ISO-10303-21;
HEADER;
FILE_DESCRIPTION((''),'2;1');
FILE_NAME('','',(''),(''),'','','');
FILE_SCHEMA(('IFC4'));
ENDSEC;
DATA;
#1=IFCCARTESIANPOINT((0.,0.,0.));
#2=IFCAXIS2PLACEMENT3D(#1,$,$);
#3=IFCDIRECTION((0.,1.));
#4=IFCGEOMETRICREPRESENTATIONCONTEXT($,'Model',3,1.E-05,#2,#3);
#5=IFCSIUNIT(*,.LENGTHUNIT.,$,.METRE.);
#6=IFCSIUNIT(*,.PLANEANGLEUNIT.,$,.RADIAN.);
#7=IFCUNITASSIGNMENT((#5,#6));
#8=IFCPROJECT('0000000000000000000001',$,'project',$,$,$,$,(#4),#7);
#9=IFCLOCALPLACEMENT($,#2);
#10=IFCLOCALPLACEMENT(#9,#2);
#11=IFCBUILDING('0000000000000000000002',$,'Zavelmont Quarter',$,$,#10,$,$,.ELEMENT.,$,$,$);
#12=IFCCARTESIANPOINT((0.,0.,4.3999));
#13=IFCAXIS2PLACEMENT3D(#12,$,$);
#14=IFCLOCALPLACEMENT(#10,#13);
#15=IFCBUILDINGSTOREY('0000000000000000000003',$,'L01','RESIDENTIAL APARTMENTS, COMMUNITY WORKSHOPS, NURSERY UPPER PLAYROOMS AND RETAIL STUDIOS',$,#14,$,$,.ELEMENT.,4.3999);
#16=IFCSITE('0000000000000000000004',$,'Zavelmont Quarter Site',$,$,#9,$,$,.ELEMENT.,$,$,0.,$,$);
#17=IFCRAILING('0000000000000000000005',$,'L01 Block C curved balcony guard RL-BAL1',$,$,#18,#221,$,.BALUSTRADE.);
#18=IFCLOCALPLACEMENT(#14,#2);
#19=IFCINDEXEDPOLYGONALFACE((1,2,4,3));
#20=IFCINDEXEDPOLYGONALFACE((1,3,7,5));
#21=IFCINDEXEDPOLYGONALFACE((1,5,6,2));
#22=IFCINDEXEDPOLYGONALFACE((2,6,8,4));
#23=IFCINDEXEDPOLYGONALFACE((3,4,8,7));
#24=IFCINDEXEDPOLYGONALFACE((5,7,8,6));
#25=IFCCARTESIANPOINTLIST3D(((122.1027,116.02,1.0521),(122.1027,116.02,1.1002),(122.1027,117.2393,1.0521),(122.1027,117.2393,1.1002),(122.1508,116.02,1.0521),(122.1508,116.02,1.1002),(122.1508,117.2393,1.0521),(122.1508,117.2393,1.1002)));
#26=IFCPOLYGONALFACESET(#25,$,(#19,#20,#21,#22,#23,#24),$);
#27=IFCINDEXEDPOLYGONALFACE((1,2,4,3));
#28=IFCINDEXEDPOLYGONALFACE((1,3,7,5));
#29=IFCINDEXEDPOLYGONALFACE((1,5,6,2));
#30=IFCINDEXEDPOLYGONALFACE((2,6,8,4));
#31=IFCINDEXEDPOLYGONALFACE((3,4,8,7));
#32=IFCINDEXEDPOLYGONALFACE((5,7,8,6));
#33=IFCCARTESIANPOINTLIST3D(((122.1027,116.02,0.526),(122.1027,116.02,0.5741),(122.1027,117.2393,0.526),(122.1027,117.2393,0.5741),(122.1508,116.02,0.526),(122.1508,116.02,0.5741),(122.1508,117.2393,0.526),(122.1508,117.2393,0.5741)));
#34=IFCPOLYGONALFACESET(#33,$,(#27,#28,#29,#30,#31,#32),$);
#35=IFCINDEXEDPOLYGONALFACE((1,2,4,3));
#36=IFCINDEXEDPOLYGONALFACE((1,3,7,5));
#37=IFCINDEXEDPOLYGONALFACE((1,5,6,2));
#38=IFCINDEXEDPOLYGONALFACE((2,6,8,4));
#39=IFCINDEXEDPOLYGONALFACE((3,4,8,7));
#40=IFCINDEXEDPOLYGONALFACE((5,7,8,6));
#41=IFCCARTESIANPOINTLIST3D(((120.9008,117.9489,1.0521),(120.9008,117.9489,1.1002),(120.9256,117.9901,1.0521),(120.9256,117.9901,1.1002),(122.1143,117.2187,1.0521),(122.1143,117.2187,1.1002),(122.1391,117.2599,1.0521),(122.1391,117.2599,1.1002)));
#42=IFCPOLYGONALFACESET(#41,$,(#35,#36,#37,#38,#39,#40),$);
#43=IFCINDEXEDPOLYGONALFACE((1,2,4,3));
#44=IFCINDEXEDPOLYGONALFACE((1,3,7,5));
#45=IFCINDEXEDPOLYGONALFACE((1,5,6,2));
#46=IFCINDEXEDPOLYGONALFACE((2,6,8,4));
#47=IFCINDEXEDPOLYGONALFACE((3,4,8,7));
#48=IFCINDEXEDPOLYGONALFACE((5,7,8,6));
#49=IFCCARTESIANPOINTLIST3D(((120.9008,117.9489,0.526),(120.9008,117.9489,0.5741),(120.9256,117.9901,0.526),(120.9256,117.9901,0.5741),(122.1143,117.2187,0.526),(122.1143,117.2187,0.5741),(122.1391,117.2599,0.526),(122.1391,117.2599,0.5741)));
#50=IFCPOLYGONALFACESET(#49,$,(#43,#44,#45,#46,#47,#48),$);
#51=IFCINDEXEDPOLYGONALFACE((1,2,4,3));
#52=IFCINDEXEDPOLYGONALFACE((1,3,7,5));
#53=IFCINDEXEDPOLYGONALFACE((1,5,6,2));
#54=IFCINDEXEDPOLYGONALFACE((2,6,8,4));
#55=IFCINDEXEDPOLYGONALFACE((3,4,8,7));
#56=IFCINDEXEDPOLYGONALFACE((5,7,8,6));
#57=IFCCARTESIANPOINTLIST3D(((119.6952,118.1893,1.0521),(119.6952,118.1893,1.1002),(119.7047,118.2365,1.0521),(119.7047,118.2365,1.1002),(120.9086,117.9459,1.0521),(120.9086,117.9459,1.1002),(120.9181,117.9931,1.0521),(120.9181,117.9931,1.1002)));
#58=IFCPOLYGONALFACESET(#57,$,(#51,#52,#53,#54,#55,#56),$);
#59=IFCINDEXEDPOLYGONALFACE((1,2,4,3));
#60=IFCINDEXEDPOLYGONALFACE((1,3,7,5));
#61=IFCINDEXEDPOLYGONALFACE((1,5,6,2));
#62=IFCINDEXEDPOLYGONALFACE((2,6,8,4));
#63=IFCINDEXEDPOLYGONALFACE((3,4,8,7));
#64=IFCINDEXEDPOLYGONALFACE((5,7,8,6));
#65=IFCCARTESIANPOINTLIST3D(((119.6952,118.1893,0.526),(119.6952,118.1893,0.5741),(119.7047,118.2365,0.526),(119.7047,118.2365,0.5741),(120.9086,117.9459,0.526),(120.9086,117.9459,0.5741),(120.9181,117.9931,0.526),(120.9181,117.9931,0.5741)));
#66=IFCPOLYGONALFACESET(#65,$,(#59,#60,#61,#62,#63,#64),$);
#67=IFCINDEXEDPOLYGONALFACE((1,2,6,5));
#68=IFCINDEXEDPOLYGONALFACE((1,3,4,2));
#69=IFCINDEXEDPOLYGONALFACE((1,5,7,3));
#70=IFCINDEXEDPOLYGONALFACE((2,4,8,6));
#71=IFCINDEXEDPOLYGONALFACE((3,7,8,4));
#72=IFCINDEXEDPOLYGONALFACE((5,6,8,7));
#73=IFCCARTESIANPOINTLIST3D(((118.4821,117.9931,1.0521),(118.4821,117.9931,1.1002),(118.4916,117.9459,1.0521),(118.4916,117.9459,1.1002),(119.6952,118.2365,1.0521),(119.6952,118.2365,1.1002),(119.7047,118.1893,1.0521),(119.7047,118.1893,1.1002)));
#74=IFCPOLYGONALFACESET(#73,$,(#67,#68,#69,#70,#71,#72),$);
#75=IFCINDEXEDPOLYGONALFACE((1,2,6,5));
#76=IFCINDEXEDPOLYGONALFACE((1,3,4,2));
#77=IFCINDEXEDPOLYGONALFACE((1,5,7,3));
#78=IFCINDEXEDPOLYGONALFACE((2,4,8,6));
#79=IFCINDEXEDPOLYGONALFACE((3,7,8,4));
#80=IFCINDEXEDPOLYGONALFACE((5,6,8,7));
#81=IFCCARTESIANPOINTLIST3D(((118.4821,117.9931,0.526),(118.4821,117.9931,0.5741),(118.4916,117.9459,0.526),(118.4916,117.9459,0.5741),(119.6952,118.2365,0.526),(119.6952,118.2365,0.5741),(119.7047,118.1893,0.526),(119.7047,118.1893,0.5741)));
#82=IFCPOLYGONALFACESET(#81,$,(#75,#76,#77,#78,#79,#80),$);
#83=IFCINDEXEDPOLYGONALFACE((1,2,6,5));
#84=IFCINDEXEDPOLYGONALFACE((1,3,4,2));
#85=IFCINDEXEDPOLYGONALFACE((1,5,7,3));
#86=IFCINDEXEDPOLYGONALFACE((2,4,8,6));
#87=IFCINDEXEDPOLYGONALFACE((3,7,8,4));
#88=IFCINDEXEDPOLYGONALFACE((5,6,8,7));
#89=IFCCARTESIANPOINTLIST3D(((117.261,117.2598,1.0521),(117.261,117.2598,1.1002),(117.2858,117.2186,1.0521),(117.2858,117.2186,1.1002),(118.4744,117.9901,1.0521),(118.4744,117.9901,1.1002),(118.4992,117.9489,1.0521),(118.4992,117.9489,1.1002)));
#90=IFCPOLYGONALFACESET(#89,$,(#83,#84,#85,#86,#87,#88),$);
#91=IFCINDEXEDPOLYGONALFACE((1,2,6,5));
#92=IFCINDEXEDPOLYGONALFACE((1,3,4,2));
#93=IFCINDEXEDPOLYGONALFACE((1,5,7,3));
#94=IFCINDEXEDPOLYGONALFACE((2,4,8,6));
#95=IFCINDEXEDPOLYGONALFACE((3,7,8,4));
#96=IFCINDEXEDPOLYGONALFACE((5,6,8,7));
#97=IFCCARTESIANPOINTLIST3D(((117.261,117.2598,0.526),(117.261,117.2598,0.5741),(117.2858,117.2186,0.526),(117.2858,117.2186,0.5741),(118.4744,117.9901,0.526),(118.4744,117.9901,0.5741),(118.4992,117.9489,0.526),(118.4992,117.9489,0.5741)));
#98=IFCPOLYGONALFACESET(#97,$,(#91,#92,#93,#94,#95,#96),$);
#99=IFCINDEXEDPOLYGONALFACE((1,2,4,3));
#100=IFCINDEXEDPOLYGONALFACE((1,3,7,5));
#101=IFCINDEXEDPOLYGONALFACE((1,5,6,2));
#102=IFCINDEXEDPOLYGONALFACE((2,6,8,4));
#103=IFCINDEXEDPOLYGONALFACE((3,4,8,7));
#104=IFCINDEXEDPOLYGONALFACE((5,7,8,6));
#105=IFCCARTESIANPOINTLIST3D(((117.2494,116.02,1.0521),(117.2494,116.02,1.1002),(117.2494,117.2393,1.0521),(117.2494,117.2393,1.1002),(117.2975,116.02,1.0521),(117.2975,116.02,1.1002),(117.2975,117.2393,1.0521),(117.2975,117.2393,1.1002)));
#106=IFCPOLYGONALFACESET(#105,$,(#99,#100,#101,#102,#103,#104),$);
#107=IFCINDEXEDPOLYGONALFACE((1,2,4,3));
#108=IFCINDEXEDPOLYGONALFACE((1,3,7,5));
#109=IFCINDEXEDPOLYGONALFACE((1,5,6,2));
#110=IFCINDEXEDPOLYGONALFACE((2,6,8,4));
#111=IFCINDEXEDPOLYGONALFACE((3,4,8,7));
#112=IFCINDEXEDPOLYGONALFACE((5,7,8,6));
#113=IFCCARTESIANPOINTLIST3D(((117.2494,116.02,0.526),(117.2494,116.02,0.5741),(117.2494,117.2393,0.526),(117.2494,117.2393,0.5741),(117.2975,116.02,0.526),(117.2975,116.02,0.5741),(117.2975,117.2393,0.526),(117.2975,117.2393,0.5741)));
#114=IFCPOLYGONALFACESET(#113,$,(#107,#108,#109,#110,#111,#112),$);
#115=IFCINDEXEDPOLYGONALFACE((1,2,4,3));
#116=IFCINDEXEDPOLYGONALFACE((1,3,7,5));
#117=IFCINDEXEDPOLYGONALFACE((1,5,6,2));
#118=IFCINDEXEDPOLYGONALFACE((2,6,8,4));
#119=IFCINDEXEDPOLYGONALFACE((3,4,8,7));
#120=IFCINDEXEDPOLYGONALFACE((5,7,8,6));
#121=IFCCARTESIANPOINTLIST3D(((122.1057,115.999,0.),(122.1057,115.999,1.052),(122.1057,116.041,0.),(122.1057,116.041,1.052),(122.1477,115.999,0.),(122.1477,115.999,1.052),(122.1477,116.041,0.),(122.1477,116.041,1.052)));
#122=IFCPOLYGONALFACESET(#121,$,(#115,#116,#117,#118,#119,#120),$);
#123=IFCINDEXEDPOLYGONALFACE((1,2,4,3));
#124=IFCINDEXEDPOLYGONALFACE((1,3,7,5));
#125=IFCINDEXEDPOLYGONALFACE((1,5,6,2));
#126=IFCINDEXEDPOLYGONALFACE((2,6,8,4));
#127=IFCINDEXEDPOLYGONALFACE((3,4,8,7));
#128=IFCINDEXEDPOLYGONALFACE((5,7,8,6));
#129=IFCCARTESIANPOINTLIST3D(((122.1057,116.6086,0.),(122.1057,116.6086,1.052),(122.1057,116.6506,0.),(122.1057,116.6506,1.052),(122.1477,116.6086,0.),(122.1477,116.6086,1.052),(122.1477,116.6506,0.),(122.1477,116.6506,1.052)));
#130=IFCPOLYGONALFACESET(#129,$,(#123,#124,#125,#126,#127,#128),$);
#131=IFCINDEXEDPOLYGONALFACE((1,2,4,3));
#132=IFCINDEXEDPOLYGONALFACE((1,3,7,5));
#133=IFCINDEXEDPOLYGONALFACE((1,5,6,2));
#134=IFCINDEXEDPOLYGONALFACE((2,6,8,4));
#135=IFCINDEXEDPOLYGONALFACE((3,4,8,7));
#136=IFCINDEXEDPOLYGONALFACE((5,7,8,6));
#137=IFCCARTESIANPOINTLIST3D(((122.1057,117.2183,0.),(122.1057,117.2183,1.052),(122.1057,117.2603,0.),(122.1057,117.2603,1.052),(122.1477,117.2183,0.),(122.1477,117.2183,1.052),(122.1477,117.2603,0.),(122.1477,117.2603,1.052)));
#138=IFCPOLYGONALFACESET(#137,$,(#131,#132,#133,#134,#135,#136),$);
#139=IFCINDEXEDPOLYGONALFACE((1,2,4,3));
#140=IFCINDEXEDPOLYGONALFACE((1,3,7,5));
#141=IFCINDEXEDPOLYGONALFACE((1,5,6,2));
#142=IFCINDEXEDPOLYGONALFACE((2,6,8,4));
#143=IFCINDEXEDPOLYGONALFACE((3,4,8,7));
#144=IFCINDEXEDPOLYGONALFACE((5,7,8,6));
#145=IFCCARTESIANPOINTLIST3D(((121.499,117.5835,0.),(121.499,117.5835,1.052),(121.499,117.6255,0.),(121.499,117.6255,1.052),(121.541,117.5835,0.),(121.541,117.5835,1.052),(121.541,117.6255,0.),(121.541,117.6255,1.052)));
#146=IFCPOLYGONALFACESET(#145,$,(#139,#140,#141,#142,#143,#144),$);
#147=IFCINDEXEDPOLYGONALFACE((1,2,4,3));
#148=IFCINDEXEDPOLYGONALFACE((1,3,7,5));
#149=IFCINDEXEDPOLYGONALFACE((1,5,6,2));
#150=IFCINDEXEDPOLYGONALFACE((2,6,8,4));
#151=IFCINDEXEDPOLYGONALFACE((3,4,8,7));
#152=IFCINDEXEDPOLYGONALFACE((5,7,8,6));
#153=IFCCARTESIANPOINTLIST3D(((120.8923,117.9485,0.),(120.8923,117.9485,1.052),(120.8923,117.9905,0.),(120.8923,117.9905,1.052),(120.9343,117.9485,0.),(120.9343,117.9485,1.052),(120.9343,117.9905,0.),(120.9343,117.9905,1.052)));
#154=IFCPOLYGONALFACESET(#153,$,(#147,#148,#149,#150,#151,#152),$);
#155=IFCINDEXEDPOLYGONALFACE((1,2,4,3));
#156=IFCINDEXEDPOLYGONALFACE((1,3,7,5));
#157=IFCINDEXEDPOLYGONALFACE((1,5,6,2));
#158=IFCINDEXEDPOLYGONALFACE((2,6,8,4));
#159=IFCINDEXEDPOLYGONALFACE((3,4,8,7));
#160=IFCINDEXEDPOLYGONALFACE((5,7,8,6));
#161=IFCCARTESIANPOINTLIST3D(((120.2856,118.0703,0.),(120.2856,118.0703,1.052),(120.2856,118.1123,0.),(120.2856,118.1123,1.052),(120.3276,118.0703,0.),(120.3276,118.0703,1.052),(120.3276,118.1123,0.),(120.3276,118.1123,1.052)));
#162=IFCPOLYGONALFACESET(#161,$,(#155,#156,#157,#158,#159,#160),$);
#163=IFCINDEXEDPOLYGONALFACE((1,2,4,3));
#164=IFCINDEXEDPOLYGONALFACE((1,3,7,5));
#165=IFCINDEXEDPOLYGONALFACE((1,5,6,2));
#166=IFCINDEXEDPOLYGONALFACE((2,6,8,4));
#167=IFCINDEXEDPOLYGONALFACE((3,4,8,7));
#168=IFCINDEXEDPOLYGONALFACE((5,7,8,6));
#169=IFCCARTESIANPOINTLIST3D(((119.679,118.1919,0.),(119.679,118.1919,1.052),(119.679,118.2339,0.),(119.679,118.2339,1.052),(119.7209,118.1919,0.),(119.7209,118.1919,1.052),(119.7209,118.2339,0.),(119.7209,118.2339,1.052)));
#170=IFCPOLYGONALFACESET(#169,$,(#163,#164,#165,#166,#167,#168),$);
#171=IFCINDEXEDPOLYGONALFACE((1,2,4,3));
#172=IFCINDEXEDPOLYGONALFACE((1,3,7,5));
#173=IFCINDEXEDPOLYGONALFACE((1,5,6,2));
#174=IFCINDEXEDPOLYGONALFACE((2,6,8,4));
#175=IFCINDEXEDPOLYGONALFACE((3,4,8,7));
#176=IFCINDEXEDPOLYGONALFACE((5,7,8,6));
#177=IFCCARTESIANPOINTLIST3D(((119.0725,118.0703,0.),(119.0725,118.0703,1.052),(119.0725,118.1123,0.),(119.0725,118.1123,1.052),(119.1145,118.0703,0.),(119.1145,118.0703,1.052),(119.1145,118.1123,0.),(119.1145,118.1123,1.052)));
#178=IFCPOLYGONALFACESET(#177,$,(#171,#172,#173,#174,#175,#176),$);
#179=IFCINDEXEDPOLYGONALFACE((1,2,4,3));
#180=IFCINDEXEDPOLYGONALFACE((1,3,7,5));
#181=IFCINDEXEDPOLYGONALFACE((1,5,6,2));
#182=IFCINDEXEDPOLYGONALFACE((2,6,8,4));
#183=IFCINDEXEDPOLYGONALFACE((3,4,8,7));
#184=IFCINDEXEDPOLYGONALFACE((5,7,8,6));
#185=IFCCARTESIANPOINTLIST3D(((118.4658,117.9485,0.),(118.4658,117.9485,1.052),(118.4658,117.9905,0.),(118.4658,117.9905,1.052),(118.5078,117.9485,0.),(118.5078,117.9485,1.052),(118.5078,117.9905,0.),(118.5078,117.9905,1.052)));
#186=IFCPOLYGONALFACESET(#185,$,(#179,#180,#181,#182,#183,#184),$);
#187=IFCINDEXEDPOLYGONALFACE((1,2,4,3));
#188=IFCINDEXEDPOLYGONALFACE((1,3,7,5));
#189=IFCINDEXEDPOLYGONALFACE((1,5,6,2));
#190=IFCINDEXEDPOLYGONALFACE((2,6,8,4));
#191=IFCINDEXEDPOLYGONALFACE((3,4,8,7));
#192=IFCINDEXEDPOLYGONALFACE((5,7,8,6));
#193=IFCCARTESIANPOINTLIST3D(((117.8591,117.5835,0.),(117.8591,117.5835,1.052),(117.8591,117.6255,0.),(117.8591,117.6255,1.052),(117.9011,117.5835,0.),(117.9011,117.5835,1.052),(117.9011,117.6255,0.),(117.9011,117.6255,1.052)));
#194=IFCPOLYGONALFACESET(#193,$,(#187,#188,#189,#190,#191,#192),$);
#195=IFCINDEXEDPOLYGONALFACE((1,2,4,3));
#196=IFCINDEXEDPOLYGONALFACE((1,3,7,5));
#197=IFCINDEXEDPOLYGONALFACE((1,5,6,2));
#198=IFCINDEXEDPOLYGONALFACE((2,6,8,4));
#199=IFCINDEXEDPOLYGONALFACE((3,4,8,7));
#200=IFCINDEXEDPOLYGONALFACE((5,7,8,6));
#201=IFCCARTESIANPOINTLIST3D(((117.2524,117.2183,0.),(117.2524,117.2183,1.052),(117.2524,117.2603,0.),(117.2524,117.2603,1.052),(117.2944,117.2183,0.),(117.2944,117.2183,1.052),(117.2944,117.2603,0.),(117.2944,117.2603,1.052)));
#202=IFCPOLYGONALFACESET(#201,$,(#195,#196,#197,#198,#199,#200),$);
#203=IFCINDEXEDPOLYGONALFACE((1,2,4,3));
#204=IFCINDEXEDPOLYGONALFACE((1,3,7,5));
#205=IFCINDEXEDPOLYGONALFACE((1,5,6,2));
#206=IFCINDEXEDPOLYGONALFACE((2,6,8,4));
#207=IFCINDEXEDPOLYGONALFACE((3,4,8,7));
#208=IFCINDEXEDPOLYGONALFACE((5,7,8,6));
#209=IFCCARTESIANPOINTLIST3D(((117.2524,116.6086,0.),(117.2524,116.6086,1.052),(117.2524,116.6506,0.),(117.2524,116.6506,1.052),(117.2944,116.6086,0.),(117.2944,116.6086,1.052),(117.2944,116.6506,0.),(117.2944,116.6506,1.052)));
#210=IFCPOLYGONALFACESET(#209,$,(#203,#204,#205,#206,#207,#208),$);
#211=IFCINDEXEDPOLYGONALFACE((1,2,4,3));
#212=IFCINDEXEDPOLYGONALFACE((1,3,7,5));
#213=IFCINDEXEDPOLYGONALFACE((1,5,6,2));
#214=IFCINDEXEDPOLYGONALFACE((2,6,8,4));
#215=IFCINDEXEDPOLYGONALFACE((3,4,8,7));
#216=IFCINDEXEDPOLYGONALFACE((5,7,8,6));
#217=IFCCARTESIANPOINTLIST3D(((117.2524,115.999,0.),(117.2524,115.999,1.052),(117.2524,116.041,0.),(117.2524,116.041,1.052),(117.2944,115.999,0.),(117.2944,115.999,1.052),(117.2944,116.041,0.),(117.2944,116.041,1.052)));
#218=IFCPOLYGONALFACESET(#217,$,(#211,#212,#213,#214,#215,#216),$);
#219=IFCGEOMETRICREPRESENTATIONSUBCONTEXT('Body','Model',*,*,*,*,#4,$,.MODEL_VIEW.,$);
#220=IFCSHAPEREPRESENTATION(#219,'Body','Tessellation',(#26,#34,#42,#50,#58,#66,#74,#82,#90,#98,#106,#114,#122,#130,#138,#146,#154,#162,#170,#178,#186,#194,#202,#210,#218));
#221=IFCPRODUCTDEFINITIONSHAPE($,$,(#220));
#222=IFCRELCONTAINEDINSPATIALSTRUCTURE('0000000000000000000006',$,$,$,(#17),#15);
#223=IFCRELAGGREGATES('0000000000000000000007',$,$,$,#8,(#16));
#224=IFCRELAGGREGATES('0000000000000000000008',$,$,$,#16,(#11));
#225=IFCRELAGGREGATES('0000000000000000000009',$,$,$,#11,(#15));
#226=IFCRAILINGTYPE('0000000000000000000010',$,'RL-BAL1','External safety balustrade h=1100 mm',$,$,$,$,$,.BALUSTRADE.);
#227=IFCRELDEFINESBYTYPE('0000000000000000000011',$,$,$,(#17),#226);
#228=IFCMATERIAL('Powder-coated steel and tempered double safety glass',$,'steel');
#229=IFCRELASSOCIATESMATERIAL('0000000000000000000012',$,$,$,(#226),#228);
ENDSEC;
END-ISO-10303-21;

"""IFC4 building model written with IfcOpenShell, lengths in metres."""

from ifc_helpers import new_model, si_unit, direction, frame, origin, origin_2d, place, context, subcontext, project, spatial, rectangle, extrude, material, type_object, element, save


model = new_model("IFC4")

# Units and contexts
model_context = context("Model", 3, precision=1e-05, world=origin(), true_north=direction((0.0, 1.0)))
body_context = subcontext(model_context, "Body", "Model", "MODEL_VIEW")
ifc_project = project(units=[si_unit("LENGTHUNIT", "METRE"), si_unit("PLANEANGLEUNIT", "RADIAN")], contexts=[model_context])

# Site, building, storey
site_placement = place(None, origin())
site = spatial("IfcSite", under=ifc_project, at=site_placement, Name="Zavelmont Quarter Site", CompositionType="ELEMENT", RefElevation=0.0)
building_placement = place(site_placement, origin())
building = spatial("IfcBuilding", under=site, at=building_placement, Name="Zavelmont Quarter", CompositionType="ELEMENT")
storey_placement = place(building_placement, frame((0.0, 0.0, 4.3999)))
storey = spatial("IfcBuildingStorey", under=building, at=storey_placement, Name="L01", Description="RESIDENTIAL APARTMENTS, COMMUNITY WORKSHOPS, NURSERY UPPER PLAYROOMS AND RETAIL STUDIOS", CompositionType="ELEMENT", Elevation=4.3999)

# Railing
ifc_material_1 = material(Name="Powder-coated steel and tempered double safety glass", Category="steel")
railing_type = type_object("IfcRailingType", Name="RL-BAL1", Description="External safety balustrade h=1100 mm", PredefinedType="BALUSTRADE", material=ifc_material_1)
railing_placement = place(storey_placement, frame((122.1267, 116.02, 0.0)))
element("IfcRailing", 1, at=railing_placement, inside=storey, type_object=railing_type, Name="L01 Block C curved balcony guard RL-BAL1", PredefinedType="BALUSTRADE", context=body_context, shape_type="SweptSolid", body=[
    extrude(rectangle(XDim=0.0481, YDim=0.0481, at=origin_2d()), frame((0.0, 0.0, 1.0762), z_axis=(0.0, 1.0, 0.0), x_axis=(-1.0, 0.0, 0.0)), (0.0, 0.0, 1.0), 1.2192),
    extrude(rectangle(XDim=0.0481, YDim=0.0481, at=origin_2d()), frame((0.0, 0.0, 0.55), z_axis=(0.0, 1.0, 0.0), x_axis=(-1.0, 0.0, 0.0)), (0.0, 0.0, 1.0), 1.2192),
    extrude(rectangle(XDim=0.0481, YDim=0.0481, at=origin_2d()), frame((0.0, 1.2192, 1.0762), z_axis=(-0.856808, 0.515636, 0.0), x_axis=(-0.515636, -0.856808, 0.0)), (0.0, 0.0, 1.0), 1.4163),
    extrude(rectangle(XDim=0.0481, YDim=0.0481, at=origin_2d()), frame((0.0, 1.2192, 0.55), z_axis=(-0.856808, 0.515636, 0.0), x_axis=(-0.515636, -0.856808, 0.0)), (0.0, 0.0, 1.0), 1.4163),
    extrude(rectangle(XDim=0.0481, YDim=0.0481, at=origin_2d()), frame((-1.2134, 1.9495, 1.0762), z_axis=(-0.980467, 0.196685, 0.0), x_axis=(-0.196685, -0.980467, 0.0)), (0.0, 0.0, 1.0), 1.2375),
    extrude(rectangle(XDim=0.0481, YDim=0.0481, at=origin_2d()), frame((-1.2134, 1.9495, 0.55), z_axis=(-0.980467, 0.196685, 0.0), x_axis=(-0.196685, -0.980467, 0.0)), (0.0, 0.0, 1.0), 1.2375),
    extrude(rectangle(XDim=0.0481, YDim=0.0481, at=origin_2d()), frame((-2.4268, 2.1929, 1.0762), z_axis=(-0.980459, -0.196723, 0.0), x_axis=(0.196723, -0.980459, 0.0)), (0.0, 0.0, 1.0), 1.2373),
    extrude(rectangle(XDim=0.0481, YDim=0.0481, at=origin_2d()), frame((-2.4268, 2.1929, 0.55), z_axis=(-0.980459, -0.196723, 0.0), x_axis=(0.196723, -0.980459, 0.0)), (0.0, 0.0, 1.0), 1.2373),
    extrude(rectangle(XDim=0.0481, YDim=0.0481, at=origin_2d()), frame((-3.6399, 1.9495, 1.0762), z_axis=(-0.856808, -0.515636, 0.0), x_axis=(0.515636, -0.856808, 0.0)), (0.0, 0.0, 1.0), 1.4163),
    extrude(rectangle(XDim=0.0481, YDim=0.0481, at=origin_2d()), frame((-3.6399, 1.9495, 0.55), z_axis=(-0.856808, -0.515636, 0.0), x_axis=(0.515636, -0.856808, 0.0)), (0.0, 0.0, 1.0), 1.4163),
    extrude(rectangle(XDim=0.0481, YDim=0.0481, at=origin_2d()), frame((-4.8533, 1.2192, 1.0762), z_axis=(0.0, -1.0, 0.0), x_axis=(1.0, 0.0, 0.0)), (0.0, 0.0, 1.0), 1.2192),
    extrude(rectangle(XDim=0.0481, YDim=0.0481, at=origin_2d()), frame((-4.8533, 1.2192, 0.55), z_axis=(0.0, -1.0, 0.0), x_axis=(1.0, 0.0, 0.0)), (0.0, 0.0, 1.0), 1.2192),
    extrude(rectangle(XDim=0.042, YDim=0.042, at=origin_2d()), origin(), (0.0, 0.0, 1.0), 1.052),
    extrude(rectangle(XDim=0.042, YDim=0.042, at=origin_2d()), frame((0.0, 0.6096, 0.0)), (0.0, 0.0, 1.0), 1.052),
    extrude(rectangle(XDim=0.042, YDim=0.042, at=origin_2d()), frame((0.0, 1.2192, 0.0)), (0.0, 0.0, 1.0), 1.052),
    extrude(rectangle(XDim=0.042, YDim=0.042, at=origin_2d()), frame((-0.6067, 1.5845, 0.0)), (0.0, 0.0, 1.0), 1.052),
    extrude(rectangle(XDim=0.042, YDim=0.042, at=origin_2d()), frame((-1.2134, 1.9495, 0.0)), (0.0, 0.0, 1.0), 1.052),
    extrude(rectangle(XDim=0.042, YDim=0.042, at=origin_2d()), frame((-1.8201, 2.0713, 0.0)), (0.0, 0.0, 1.0), 1.052),
    extrude(rectangle(XDim=0.042, YDim=0.042, at=origin_2d()), frame((-2.4268, 2.1929, 0.0)), (0.0, 0.0, 1.0), 1.052),
    extrude(rectangle(XDim=0.042, YDim=0.042, at=origin_2d()), frame((-3.0332, 2.0713, 0.0)), (0.0, 0.0, 1.0), 1.052),
    extrude(rectangle(XDim=0.042, YDim=0.042, at=origin_2d()), frame((-3.6399, 1.9495, 0.0)), (0.0, 0.0, 1.0), 1.052),
    extrude(rectangle(XDim=0.042, YDim=0.042, at=origin_2d()), frame((-4.2466, 1.5845, 0.0)), (0.0, 0.0, 1.0), 1.052),
    extrude(rectangle(XDim=0.042, YDim=0.042, at=origin_2d()), frame((-4.8533, 1.2192, 0.0)), (0.0, 0.0, 1.0), 1.052),
    extrude(rectangle(XDim=0.042, YDim=0.042, at=origin_2d()), frame((-4.8533, 0.6096, 0.0)), (0.0, 0.0, 1.0), 1.052),
    extrude(rectangle(XDim=0.042, YDim=0.042, at=origin_2d()), frame((-4.8533, 0.0, 0.0)), (0.0, 0.0, 1.0), 1.052),
])

save(model, "model.ifc")
